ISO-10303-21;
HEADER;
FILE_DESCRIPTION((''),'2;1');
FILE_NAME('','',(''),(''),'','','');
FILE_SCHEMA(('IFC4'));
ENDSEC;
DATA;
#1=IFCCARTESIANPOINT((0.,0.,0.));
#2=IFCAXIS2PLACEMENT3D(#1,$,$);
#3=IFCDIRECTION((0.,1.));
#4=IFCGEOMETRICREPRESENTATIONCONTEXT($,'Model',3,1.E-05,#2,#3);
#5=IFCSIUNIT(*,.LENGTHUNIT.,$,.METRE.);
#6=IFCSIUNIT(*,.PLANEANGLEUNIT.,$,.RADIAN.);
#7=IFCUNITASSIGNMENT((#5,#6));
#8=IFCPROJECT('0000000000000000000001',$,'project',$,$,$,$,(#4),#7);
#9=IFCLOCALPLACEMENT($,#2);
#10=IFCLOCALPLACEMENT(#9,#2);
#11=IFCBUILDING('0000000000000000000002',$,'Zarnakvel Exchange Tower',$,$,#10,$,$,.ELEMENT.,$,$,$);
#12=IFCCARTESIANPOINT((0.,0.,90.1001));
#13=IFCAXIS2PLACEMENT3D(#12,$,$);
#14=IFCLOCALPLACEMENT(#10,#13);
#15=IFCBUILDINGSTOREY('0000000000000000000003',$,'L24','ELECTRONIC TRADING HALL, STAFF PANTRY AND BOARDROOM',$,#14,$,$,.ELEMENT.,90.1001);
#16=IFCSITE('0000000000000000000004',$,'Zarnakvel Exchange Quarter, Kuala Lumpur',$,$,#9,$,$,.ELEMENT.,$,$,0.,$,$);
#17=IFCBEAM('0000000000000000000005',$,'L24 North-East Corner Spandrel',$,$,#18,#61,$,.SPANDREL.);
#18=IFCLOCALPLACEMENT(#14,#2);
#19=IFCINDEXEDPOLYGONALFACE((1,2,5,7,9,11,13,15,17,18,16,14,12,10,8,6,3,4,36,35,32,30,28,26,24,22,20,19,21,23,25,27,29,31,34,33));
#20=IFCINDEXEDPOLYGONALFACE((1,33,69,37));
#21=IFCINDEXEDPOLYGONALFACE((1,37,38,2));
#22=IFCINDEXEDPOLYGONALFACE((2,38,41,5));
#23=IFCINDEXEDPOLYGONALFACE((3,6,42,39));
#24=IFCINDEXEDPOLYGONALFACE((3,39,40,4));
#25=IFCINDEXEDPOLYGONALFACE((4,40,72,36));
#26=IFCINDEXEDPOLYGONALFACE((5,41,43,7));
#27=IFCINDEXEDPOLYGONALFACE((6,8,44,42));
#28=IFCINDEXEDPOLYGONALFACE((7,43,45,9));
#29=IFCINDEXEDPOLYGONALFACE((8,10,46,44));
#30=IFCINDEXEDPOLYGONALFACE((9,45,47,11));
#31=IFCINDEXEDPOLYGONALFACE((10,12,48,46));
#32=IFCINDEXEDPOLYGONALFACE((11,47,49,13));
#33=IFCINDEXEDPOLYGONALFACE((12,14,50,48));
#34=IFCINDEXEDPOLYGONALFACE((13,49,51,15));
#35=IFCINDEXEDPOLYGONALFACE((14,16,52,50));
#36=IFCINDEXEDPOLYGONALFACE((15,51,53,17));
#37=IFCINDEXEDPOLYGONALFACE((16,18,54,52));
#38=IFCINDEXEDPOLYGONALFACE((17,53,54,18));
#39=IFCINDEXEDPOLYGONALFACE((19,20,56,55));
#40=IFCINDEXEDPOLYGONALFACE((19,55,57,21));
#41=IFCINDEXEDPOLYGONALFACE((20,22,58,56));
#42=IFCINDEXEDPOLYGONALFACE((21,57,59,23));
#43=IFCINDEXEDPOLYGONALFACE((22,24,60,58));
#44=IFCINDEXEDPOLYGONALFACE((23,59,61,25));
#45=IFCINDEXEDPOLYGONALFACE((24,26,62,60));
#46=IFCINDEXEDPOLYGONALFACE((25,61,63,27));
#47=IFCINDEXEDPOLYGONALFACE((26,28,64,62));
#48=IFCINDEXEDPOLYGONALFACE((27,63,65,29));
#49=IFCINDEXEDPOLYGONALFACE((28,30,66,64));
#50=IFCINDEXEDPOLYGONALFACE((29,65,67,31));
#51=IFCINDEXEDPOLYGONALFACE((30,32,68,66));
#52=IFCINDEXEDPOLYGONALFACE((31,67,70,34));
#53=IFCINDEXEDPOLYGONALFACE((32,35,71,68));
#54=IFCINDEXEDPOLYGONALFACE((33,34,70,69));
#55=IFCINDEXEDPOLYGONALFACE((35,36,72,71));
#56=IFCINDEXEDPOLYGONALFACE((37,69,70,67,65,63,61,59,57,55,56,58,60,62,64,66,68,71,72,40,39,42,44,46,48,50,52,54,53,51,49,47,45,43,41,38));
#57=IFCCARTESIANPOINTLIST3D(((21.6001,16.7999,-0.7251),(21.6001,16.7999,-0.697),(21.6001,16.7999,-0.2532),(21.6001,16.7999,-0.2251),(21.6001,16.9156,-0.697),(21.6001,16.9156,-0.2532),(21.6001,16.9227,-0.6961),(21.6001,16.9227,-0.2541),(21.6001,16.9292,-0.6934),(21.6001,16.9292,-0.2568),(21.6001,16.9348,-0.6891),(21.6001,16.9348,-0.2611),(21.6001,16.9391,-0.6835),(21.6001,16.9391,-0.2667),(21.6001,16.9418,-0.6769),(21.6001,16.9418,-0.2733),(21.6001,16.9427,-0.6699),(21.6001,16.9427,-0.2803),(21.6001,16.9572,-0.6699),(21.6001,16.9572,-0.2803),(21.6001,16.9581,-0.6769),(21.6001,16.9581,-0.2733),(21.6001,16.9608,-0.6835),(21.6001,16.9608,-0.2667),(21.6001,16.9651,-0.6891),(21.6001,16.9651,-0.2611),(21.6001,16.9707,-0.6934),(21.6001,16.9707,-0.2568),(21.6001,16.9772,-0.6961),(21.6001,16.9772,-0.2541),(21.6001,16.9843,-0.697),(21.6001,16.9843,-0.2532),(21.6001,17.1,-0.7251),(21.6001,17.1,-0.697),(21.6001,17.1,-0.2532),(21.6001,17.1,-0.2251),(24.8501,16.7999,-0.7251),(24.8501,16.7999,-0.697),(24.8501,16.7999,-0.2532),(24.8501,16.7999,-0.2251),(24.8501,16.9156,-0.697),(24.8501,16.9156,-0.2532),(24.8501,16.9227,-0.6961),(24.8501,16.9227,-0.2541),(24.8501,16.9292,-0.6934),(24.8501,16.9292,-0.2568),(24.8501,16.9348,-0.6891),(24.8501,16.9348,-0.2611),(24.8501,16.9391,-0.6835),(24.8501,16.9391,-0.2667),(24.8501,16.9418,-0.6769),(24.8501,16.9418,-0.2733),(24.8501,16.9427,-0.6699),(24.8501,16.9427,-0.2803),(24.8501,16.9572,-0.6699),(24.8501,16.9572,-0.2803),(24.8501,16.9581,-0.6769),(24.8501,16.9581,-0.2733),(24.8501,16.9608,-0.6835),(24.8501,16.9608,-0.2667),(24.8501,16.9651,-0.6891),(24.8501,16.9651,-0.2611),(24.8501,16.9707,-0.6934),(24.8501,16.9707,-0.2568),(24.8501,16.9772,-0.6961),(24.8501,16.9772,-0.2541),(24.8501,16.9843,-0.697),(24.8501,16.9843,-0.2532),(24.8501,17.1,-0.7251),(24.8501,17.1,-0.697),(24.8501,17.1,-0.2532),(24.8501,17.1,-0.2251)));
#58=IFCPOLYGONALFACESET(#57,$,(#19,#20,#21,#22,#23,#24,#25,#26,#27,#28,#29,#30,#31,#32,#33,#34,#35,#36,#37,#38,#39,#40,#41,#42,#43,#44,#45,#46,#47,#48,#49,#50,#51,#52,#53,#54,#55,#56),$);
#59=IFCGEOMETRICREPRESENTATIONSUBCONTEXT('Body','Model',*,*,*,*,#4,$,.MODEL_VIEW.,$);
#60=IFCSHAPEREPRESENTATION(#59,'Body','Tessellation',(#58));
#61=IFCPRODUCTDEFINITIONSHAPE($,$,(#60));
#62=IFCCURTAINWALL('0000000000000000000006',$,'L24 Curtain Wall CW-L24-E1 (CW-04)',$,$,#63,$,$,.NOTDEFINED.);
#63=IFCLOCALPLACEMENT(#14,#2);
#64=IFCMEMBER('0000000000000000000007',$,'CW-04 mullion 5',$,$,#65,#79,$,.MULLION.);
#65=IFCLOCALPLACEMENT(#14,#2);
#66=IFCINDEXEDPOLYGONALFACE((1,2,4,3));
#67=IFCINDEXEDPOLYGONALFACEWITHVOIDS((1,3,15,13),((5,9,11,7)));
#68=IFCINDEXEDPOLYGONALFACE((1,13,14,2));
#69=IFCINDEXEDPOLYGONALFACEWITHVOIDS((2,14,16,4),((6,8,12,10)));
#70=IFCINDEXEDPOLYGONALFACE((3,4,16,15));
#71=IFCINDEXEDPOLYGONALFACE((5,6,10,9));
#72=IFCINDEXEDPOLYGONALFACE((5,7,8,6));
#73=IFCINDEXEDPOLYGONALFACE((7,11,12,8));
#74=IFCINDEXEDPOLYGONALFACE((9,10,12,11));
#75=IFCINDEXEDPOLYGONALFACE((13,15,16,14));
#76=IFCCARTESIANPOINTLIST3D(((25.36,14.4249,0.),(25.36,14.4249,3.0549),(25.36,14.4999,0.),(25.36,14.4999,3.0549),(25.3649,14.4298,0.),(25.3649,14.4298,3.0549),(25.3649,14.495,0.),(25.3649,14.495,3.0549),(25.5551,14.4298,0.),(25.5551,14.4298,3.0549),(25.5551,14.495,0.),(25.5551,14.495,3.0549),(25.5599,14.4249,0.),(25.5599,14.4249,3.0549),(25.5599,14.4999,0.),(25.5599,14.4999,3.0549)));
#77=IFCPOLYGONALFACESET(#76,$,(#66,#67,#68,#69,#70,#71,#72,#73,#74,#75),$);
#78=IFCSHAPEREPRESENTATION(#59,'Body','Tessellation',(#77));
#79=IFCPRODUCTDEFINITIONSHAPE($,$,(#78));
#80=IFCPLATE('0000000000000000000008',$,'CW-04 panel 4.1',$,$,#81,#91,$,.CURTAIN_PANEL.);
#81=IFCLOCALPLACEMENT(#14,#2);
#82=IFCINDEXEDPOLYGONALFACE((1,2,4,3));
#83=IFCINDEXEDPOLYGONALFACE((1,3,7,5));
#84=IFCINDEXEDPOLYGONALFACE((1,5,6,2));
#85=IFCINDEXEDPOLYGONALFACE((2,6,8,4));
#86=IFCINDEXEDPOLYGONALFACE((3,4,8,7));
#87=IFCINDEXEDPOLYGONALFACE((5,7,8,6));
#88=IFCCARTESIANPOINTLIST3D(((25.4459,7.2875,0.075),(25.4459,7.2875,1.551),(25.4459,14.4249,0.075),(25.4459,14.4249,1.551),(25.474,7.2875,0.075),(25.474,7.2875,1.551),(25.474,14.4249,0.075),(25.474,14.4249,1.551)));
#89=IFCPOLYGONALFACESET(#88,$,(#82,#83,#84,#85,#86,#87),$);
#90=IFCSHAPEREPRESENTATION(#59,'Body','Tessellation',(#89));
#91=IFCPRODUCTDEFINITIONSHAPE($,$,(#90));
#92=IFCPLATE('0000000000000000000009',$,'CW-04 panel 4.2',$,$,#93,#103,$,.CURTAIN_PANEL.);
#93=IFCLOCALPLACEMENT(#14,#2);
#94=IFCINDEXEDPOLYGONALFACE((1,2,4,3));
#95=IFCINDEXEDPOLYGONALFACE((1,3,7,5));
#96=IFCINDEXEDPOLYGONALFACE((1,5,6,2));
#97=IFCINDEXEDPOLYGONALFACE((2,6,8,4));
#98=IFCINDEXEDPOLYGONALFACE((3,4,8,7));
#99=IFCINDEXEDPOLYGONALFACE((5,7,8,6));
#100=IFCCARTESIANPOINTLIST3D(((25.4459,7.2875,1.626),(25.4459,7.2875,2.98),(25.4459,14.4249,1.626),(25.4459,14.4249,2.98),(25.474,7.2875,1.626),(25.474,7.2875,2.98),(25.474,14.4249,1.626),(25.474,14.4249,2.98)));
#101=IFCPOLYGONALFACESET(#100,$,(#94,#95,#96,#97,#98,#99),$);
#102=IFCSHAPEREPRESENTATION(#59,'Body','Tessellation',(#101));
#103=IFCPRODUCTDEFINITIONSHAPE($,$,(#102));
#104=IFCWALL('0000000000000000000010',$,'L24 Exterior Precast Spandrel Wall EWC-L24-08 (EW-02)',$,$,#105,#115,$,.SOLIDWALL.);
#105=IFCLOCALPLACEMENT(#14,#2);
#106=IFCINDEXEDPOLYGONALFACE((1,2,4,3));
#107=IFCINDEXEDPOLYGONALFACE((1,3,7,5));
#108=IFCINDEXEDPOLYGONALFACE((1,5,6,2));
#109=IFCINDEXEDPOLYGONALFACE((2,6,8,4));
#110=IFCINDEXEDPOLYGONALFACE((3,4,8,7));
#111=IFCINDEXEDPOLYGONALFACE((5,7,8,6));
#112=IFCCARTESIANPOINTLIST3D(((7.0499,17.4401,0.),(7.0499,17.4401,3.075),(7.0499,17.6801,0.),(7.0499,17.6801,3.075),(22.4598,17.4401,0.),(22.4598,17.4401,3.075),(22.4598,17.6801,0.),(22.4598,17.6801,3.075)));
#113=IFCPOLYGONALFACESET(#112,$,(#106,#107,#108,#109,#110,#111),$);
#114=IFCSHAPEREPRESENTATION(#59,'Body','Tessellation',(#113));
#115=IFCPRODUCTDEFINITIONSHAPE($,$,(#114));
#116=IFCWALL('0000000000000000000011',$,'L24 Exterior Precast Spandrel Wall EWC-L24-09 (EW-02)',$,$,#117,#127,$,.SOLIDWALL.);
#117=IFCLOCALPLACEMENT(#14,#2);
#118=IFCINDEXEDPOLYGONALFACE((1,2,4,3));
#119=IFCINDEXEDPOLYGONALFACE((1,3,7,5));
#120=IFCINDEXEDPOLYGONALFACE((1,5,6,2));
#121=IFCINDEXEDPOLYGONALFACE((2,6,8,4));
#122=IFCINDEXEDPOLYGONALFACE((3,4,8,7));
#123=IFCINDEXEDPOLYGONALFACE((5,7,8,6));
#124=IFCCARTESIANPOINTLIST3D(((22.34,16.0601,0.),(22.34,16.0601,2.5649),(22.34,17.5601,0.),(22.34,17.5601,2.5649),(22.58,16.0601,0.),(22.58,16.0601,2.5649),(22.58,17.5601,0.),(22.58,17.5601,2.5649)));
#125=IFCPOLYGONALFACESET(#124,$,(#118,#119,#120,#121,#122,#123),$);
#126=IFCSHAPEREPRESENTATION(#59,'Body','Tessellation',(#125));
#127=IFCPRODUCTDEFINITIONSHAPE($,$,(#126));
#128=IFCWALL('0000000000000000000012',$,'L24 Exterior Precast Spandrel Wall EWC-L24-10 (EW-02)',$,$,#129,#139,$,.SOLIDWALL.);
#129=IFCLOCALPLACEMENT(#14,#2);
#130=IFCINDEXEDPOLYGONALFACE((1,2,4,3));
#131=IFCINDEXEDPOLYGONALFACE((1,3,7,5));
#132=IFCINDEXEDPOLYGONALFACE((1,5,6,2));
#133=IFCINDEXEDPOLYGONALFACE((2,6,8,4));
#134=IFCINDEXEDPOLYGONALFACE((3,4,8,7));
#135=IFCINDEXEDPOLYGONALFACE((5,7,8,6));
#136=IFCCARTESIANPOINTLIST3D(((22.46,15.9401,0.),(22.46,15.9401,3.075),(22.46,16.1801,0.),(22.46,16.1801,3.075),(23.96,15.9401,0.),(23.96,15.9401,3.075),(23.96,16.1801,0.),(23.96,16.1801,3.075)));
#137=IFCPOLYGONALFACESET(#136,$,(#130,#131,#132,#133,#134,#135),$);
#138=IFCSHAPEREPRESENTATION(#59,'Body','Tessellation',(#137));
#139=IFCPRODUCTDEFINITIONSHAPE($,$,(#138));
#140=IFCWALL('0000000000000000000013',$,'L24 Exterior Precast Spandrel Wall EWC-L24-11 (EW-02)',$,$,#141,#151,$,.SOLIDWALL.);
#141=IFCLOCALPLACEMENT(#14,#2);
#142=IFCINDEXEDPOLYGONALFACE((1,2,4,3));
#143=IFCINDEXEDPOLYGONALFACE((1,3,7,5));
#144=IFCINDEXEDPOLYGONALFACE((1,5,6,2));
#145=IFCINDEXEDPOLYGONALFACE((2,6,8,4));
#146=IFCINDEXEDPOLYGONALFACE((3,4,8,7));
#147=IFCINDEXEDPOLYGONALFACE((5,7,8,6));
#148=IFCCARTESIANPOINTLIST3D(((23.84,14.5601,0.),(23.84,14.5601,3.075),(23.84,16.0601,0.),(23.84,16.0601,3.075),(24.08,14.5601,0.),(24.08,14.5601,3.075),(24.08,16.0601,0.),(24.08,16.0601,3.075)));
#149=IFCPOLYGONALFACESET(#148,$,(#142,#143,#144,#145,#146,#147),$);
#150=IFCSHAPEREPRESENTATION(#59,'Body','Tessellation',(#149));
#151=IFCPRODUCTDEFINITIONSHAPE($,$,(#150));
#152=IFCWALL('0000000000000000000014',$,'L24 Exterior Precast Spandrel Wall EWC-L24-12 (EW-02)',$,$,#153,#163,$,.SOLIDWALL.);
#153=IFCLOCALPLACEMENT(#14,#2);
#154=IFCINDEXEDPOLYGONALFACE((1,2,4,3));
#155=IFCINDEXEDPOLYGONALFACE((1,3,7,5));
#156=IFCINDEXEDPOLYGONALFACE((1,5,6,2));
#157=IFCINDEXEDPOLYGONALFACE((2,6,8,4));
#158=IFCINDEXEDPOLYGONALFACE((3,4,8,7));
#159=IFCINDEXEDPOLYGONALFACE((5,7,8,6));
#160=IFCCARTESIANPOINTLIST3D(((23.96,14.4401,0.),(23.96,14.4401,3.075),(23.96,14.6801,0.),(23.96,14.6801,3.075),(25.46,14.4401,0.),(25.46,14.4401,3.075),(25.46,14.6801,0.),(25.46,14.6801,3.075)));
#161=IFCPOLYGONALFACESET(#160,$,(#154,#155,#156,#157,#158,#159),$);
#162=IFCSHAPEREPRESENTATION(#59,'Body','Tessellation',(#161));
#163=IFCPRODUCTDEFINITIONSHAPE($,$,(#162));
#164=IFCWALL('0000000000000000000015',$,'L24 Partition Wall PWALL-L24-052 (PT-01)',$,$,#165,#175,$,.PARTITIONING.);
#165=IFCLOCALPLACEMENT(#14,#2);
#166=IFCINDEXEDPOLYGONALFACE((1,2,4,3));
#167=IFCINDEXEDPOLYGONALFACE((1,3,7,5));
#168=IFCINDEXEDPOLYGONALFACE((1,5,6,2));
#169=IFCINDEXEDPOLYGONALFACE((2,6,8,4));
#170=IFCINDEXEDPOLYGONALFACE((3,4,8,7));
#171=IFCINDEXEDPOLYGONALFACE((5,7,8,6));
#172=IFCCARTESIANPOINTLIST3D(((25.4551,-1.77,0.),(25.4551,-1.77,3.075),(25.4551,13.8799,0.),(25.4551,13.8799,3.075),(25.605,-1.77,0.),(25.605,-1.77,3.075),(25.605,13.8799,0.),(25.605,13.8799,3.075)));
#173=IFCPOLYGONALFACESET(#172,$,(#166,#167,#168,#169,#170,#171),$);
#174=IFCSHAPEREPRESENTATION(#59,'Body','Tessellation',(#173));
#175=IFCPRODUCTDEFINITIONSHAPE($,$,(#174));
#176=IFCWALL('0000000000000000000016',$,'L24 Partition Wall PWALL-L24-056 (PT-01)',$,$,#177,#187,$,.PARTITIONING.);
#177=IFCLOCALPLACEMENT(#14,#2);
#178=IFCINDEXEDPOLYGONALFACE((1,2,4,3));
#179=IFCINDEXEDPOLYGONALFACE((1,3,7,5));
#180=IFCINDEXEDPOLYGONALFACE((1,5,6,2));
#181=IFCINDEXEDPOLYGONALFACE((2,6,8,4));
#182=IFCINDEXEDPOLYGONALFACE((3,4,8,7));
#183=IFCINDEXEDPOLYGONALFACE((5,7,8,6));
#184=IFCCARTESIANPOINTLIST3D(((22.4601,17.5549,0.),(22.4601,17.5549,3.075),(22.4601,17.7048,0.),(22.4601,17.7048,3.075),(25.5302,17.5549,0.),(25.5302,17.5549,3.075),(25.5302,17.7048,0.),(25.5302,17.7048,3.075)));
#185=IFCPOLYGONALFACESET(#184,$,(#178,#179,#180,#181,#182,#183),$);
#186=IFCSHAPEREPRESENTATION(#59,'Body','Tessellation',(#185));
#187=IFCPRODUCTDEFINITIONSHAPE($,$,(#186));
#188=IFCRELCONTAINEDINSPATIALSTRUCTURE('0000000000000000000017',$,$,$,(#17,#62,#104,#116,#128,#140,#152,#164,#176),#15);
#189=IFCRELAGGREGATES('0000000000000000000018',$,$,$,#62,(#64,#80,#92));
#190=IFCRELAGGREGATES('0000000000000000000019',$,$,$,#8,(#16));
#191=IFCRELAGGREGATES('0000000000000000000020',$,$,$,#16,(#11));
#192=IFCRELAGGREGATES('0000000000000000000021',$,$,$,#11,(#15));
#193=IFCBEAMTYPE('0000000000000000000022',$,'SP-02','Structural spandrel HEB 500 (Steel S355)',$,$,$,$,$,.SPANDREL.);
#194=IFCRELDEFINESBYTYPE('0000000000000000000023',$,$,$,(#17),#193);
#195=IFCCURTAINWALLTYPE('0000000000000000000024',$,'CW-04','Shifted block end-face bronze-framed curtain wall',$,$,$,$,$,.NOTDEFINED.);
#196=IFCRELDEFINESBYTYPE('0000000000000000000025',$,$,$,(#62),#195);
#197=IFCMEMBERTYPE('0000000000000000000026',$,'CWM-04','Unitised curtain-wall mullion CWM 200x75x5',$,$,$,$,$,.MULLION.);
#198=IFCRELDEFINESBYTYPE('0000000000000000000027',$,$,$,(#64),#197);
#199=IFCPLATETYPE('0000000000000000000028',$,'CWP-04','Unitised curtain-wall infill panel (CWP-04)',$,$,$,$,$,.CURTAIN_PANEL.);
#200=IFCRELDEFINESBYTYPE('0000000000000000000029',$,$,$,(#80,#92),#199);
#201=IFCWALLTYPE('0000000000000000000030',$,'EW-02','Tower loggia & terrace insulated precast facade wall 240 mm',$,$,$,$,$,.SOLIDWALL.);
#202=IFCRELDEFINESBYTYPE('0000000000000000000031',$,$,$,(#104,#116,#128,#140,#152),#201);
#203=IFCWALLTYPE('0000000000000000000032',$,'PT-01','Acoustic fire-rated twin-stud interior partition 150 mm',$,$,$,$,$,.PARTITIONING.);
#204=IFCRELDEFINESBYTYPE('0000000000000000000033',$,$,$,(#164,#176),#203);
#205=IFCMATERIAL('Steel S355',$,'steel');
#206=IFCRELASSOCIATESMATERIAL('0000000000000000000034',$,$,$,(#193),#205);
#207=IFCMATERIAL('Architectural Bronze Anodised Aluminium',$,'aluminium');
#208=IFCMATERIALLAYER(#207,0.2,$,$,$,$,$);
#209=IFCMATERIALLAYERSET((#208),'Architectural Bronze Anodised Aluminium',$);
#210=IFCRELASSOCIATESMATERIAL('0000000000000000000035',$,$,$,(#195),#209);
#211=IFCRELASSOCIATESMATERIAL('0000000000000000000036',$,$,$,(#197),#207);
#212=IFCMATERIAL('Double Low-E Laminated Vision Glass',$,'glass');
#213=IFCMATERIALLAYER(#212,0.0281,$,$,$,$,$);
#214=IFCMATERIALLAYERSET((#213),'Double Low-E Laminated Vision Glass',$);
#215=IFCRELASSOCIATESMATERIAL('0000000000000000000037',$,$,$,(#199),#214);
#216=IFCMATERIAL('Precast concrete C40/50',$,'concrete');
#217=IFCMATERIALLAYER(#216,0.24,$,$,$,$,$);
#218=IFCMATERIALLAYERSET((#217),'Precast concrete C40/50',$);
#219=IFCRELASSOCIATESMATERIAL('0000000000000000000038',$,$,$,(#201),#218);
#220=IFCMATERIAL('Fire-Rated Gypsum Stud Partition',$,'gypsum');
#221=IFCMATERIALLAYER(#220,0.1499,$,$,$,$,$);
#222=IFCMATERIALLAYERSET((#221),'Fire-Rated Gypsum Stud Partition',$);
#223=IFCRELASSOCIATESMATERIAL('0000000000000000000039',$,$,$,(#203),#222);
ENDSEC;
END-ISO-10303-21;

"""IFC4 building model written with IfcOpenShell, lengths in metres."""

from ifc_helpers import new_model, si_unit, direction, frame, frame_2d, origin, origin_2d, place, context, subcontext, project, spatial, rectangle, hollow_rectangle, i_section, extrude, source, transform, mapped, material, layer, layer_set, material_profile, profile_set, type_object, element, aggregate, save


model = new_model("IFC4")

# Units and contexts
model_context = context("Model", 3, precision=1e-05, world=origin(), true_north=direction((0.0, 1.0)))
body_context = subcontext(model_context, "Body", "Model", "MODEL_VIEW")
ifc_project = project(units=[si_unit("LENGTHUNIT", "METRE"), si_unit("PLANEANGLEUNIT", "RADIAN")], contexts=[model_context])

# Site, building, storey
site_placement = place(None, origin())
site = spatial("IfcSite", under=ifc_project, at=site_placement, Name="Zarnakvel Exchange Quarter, Kuala Lumpur", CompositionType="ELEMENT", RefElevation=0.0)
building_placement = place(site_placement, origin())
building = spatial("IfcBuilding", under=site, at=building_placement, Name="Zarnakvel Exchange Tower", CompositionType="ELEMENT")
storey_placement = place(building_placement, frame((0.0, 0.0, 90.1001)))
storey = spatial("IfcBuildingStorey", under=building, at=storey_placement, Name="L24", Description="ELECTRONIC TRADING HALL, STAFF PANTRY AND BOARDROOM", CompositionType="ELEMENT", Elevation=90.1001)

# Shared definitions
ifc_material_1 = material(Name="Steel S355", Category="steel")

# Beam
ifc_material_profile_1 = material_profile(ifc_material_1, i_section(OverallWidth=0.3, OverallDepth=0.5, WebThickness=0.0144, FlangeThickness=0.0281, FilletRadius=0.0271, at=origin_2d()))
ifc_profile_set_1 = profile_set([ifc_material_profile_1], Name="Steel S355")
beam_type_1 = type_object("IfcBeamType", Name="SP-02", Description="Structural spandrel HEB 500 (Steel S355)", PredefinedType="SPANDREL", material=ifc_profile_set_1)
beam_1_placement = place(storey_placement, frame((21.6001, 16.95, -0.4751), z_axis=(1.0, 0.0, 0.0), x_axis=(0.0, 1.0, 0.0)))
element("IfcBeam", 1, at=beam_1_placement, inside=storey, type_object=beam_type_1, Name="L24 North-East Corner Spandrel", PredefinedType="SPANDREL", context=body_context, shape_type="SweptSolid", body=[
    extrude(i_section(OverallWidth=0.3, OverallDepth=0.5, WebThickness=0.0144, FlangeThickness=0.0281, FilletRadius=0.0271, at=origin_2d()), origin(), (0.0, 0.0, 1.0), 3.25),
])

# Curtain wall, member, plates
ifc_material_2 = material(Name="Architectural Bronze Anodised Aluminium", Category="aluminium")
ifc_layer_1 = layer(ifc_material_2, 0.2)
ifc_layer_set_1 = layer_set([ifc_layer_1], Name="Architectural Bronze Anodised Aluminium")
curtain_wall_type = type_object("IfcCurtainWallType", Name="CW-04", Description="Shifted block end-face bronze-framed curtain wall", PredefinedType="NOTDEFINED", material=ifc_layer_set_1)
curtain_wall_placement = place(storey_placement, origin())
curtain_wall = element("IfcCurtainWall", 2, at=curtain_wall_placement, inside=storey, type_object=curtain_wall_type, Name="L24 Curtain Wall CW-L24-E1 (CW-04)", PredefinedType="NOTDEFINED")
ifc_material_profile_2 = material_profile(ifc_material_2, hollow_rectangle(XDim=0.2, YDim=0.075, WallThickness=0.0049, at=origin_2d()))
ifc_profile_set_2 = profile_set([ifc_material_profile_2], Name="Architectural Bronze Anodised Aluminium")
member_type = type_object("IfcMemberType", Name="CWM-04", Description="Unitised curtain-wall mullion CWM 200x75x5", PredefinedType="MULLION", material=ifc_profile_set_2)
shared_shape_1 = source(origin(), body_context, "Body", "SweptSolid", [
    extrude(hollow_rectangle(XDim=0.2, YDim=0.075, WallThickness=0.0049, at=origin_2d()), origin(), (0.0, 0.0, 1.0), 3.0549),
])
member_placement = place(storey_placement, frame((25.46, 14.4624, 0.0), z_axis=(0.0, 0.0, 1.0), x_axis=(-1.0, 0.0, 0.0)))
member = element("IfcMember", 3, at=member_placement, type_object=member_type, Name="CW-04 mullion 5", PredefinedType="MULLION", context=body_context, shape_type="MappedRepresentation", body=[
    mapped(shared_shape_1, transform((0.0, 0.0, 0.0), x_axis=(1.0, 0.0, 0.0), y_axis=(0.0, 1.0, 0.0), z_axis=(0.0, 0.0, 1.0), scale=1.0)),
])
ifc_material_3 = material(Name="Double Low-E Laminated Vision Glass", Category="glass")
ifc_layer_2 = layer(ifc_material_3, 0.0281)
ifc_layer_set_2 = layer_set([ifc_layer_2], Name="Double Low-E Laminated Vision Glass")
plate_type = type_object("IfcPlateType", Name="CWP-04", Description="Unitised curtain-wall infill panel (CWP-04)", PredefinedType="CURTAIN_PANEL", material=ifc_layer_set_2)
shared_shape_2 = source(origin(), body_context, "Body", "SweptSolid", [
    extrude(rectangle(XDim=7.1375, YDim=0.0281, at=origin_2d()), origin(), (0.0, 0.0, 1.0), 1.4761),
])
plate_1_placement = place(storey_placement, frame((25.46, 10.8562, 0.075), z_axis=(0.0, 0.0, 1.0), x_axis=(0.0, 1.0, 0.0)))
plate_1 = element("IfcPlate", 4, at=plate_1_placement, type_object=plate_type, Name="CW-04 panel 4.1", PredefinedType="CURTAIN_PANEL", context=body_context, shape_type="MappedRepresentation", body=[
    mapped(shared_shape_2, transform((0.0, 0.0, 0.0), x_axis=(1.0, 0.0, 0.0), y_axis=(0.0, 1.0, 0.0), z_axis=(0.0, 0.0, 1.0), scale=1.0)),
])
shared_shape_3 = source(origin(), body_context, "Body", "SweptSolid", [
    extrude(rectangle(XDim=7.1375, YDim=0.0281, at=origin_2d()), origin(), (0.0, 0.0, 1.0), 1.354),
])
plate_2_placement = place(storey_placement, frame((25.46, 10.8562, 1.626), z_axis=(0.0, 0.0, 1.0), x_axis=(0.0, 1.0, 0.0)))
plate_2 = element("IfcPlate", 5, at=plate_2_placement, type_object=plate_type, Name="CW-04 panel 4.2", PredefinedType="CURTAIN_PANEL", context=body_context, shape_type="MappedRepresentation", body=[
    mapped(shared_shape_3, transform((0.0, 0.0, 0.0), x_axis=(1.0, 0.0, 0.0), y_axis=(0.0, 1.0, 0.0), z_axis=(0.0, 0.0, 1.0), scale=1.0)),
])
aggregate(curtain_wall, [member, plate_1, plate_2])

# Walls
ifc_material_4 = material(Name="Precast concrete C40/50", Category="concrete")
ifc_layer_3 = layer(ifc_material_4, 0.24)
ifc_layer_set_3 = layer_set([ifc_layer_3], Name="Precast concrete C40/50")
wall_type_1 = type_object("IfcWallType", Name="EW-02", Description="Tower loggia & terrace insulated precast facade wall 240 mm", PredefinedType="SOLIDWALL", material=ifc_layer_set_3)
wall_1_placement = place(storey_placement, frame((22.46, 17.5601, 0.0), z_axis=(0.0, 0.0, 1.0), x_axis=(-1.0, 0.0, 0.0)))
element("IfcWall", 6, at=wall_1_placement, inside=storey, type_object=wall_type_1, Name="L24 Exterior Precast Spandrel Wall EWC-L24-08 (EW-02)", PredefinedType="SOLIDWALL", context=body_context, shape_type="SweptSolid", body=[
    extrude(rectangle(XDim=15.4099, YDim=0.24, at=frame_2d((7.7051, 0.0))), origin(), (0.0, 0.0, 1.0), 3.075),
])
wall_2_placement = place(storey_placement, frame((22.46, 16.0601, 0.0), z_axis=(0.0, 0.0, 1.0), x_axis=(0.0, 1.0, 0.0)))
element("IfcWall", 7, at=wall_2_placement, inside=storey, type_object=wall_type_1, Name="L24 Exterior Precast Spandrel Wall EWC-L24-09 (EW-02)", PredefinedType="SOLIDWALL", context=body_context, shape_type="SweptSolid", body=[
    extrude(rectangle(XDim=1.5, YDim=0.24, at=frame_2d((0.75, 0.0))), origin(), (0.0, 0.0, 1.0), 2.5649),
])
for number, where, z_axis, x_axis, name in (
    (8, (23.96, 16.0601, 0.0), (0.0, 0.0, 1.0), (-1.0, 0.0, 0.0), "L24 Exterior Precast Spandrel Wall EWC-L24-10 (EW-02)"),
    (9, (23.96, 14.5601, 0.0), (0.0, 0.0, 1.0), (0.0, 1.0, 0.0), "L24 Exterior Precast Spandrel Wall EWC-L24-11 (EW-02)"),
    (10, (25.46, 14.5601, 0.0), (0.0, 0.0, 1.0), (-1.0, 0.0, 0.0), "L24 Exterior Precast Spandrel Wall EWC-L24-12 (EW-02)"),
):
    element("IfcWall", number, at=place(storey_placement, frame(where, z_axis=z_axis, x_axis=x_axis)), inside=storey, type_object=wall_type_1, Name=name, PredefinedType="SOLIDWALL", context=body_context, shape_type="SweptSolid", body=[
        extrude(rectangle(XDim=1.5, YDim=0.24, at=frame_2d((0.75, 0.0))), origin(), (0.0, 0.0, 1.0), 3.075),
    ])

# Shared definitions
ifc_material_5 = material(Name="Fire-Rated Gypsum Stud Partition", Category="gypsum")
ifc_layer_4 = layer(ifc_material_5, 0.1499)
ifc_layer_set_4 = layer_set([ifc_layer_4], Name="Fire-Rated Gypsum Stud Partition")
wall_type_2 = type_object("IfcWallType", Name="PT-01", Description="Acoustic fire-rated twin-stud interior partition 150 mm", PredefinedType="PARTITIONING", material=ifc_layer_set_4)

# Walls
wall_3_placement = place(storey_placement, frame((25.53, 13.8799, 0.0), z_axis=(0.0, 0.0, 1.0), x_axis=(0.0, -1.0, 0.0)))
element("IfcWall", 11, at=wall_3_placement, inside=storey, type_object=wall_type_2, Name="L24 Partition Wall PWALL-L24-052 (PT-01)", PredefinedType="PARTITIONING", context=body_context, shape_type="SweptSolid", body=[
    extrude(rectangle(XDim=15.6499, YDim=0.1499, at=frame_2d((7.825, 0.0))), origin(), (0.0, 0.0, 1.0), 3.075),
])
wall_4_placement = place(storey_placement, frame((22.46, 17.6299, 0.0), z_axis=(0.0, 0.0, 1.0), x_axis=(1.0, 0.0, 0.0)))
element("IfcWall", 12, at=wall_4_placement, inside=storey, type_object=wall_type_2, Name="L24 Partition Wall PWALL-L24-056 (PT-01)", PredefinedType="PARTITIONING", context=body_context, shape_type="SweptSolid", body=[
    extrude(rectangle(XDim=3.0701, YDim=0.1499, at=frame_2d((1.5352, 0.0))), origin(), (0.0, 0.0, 1.0), 3.075),
])

save(model, "model.ifc")
